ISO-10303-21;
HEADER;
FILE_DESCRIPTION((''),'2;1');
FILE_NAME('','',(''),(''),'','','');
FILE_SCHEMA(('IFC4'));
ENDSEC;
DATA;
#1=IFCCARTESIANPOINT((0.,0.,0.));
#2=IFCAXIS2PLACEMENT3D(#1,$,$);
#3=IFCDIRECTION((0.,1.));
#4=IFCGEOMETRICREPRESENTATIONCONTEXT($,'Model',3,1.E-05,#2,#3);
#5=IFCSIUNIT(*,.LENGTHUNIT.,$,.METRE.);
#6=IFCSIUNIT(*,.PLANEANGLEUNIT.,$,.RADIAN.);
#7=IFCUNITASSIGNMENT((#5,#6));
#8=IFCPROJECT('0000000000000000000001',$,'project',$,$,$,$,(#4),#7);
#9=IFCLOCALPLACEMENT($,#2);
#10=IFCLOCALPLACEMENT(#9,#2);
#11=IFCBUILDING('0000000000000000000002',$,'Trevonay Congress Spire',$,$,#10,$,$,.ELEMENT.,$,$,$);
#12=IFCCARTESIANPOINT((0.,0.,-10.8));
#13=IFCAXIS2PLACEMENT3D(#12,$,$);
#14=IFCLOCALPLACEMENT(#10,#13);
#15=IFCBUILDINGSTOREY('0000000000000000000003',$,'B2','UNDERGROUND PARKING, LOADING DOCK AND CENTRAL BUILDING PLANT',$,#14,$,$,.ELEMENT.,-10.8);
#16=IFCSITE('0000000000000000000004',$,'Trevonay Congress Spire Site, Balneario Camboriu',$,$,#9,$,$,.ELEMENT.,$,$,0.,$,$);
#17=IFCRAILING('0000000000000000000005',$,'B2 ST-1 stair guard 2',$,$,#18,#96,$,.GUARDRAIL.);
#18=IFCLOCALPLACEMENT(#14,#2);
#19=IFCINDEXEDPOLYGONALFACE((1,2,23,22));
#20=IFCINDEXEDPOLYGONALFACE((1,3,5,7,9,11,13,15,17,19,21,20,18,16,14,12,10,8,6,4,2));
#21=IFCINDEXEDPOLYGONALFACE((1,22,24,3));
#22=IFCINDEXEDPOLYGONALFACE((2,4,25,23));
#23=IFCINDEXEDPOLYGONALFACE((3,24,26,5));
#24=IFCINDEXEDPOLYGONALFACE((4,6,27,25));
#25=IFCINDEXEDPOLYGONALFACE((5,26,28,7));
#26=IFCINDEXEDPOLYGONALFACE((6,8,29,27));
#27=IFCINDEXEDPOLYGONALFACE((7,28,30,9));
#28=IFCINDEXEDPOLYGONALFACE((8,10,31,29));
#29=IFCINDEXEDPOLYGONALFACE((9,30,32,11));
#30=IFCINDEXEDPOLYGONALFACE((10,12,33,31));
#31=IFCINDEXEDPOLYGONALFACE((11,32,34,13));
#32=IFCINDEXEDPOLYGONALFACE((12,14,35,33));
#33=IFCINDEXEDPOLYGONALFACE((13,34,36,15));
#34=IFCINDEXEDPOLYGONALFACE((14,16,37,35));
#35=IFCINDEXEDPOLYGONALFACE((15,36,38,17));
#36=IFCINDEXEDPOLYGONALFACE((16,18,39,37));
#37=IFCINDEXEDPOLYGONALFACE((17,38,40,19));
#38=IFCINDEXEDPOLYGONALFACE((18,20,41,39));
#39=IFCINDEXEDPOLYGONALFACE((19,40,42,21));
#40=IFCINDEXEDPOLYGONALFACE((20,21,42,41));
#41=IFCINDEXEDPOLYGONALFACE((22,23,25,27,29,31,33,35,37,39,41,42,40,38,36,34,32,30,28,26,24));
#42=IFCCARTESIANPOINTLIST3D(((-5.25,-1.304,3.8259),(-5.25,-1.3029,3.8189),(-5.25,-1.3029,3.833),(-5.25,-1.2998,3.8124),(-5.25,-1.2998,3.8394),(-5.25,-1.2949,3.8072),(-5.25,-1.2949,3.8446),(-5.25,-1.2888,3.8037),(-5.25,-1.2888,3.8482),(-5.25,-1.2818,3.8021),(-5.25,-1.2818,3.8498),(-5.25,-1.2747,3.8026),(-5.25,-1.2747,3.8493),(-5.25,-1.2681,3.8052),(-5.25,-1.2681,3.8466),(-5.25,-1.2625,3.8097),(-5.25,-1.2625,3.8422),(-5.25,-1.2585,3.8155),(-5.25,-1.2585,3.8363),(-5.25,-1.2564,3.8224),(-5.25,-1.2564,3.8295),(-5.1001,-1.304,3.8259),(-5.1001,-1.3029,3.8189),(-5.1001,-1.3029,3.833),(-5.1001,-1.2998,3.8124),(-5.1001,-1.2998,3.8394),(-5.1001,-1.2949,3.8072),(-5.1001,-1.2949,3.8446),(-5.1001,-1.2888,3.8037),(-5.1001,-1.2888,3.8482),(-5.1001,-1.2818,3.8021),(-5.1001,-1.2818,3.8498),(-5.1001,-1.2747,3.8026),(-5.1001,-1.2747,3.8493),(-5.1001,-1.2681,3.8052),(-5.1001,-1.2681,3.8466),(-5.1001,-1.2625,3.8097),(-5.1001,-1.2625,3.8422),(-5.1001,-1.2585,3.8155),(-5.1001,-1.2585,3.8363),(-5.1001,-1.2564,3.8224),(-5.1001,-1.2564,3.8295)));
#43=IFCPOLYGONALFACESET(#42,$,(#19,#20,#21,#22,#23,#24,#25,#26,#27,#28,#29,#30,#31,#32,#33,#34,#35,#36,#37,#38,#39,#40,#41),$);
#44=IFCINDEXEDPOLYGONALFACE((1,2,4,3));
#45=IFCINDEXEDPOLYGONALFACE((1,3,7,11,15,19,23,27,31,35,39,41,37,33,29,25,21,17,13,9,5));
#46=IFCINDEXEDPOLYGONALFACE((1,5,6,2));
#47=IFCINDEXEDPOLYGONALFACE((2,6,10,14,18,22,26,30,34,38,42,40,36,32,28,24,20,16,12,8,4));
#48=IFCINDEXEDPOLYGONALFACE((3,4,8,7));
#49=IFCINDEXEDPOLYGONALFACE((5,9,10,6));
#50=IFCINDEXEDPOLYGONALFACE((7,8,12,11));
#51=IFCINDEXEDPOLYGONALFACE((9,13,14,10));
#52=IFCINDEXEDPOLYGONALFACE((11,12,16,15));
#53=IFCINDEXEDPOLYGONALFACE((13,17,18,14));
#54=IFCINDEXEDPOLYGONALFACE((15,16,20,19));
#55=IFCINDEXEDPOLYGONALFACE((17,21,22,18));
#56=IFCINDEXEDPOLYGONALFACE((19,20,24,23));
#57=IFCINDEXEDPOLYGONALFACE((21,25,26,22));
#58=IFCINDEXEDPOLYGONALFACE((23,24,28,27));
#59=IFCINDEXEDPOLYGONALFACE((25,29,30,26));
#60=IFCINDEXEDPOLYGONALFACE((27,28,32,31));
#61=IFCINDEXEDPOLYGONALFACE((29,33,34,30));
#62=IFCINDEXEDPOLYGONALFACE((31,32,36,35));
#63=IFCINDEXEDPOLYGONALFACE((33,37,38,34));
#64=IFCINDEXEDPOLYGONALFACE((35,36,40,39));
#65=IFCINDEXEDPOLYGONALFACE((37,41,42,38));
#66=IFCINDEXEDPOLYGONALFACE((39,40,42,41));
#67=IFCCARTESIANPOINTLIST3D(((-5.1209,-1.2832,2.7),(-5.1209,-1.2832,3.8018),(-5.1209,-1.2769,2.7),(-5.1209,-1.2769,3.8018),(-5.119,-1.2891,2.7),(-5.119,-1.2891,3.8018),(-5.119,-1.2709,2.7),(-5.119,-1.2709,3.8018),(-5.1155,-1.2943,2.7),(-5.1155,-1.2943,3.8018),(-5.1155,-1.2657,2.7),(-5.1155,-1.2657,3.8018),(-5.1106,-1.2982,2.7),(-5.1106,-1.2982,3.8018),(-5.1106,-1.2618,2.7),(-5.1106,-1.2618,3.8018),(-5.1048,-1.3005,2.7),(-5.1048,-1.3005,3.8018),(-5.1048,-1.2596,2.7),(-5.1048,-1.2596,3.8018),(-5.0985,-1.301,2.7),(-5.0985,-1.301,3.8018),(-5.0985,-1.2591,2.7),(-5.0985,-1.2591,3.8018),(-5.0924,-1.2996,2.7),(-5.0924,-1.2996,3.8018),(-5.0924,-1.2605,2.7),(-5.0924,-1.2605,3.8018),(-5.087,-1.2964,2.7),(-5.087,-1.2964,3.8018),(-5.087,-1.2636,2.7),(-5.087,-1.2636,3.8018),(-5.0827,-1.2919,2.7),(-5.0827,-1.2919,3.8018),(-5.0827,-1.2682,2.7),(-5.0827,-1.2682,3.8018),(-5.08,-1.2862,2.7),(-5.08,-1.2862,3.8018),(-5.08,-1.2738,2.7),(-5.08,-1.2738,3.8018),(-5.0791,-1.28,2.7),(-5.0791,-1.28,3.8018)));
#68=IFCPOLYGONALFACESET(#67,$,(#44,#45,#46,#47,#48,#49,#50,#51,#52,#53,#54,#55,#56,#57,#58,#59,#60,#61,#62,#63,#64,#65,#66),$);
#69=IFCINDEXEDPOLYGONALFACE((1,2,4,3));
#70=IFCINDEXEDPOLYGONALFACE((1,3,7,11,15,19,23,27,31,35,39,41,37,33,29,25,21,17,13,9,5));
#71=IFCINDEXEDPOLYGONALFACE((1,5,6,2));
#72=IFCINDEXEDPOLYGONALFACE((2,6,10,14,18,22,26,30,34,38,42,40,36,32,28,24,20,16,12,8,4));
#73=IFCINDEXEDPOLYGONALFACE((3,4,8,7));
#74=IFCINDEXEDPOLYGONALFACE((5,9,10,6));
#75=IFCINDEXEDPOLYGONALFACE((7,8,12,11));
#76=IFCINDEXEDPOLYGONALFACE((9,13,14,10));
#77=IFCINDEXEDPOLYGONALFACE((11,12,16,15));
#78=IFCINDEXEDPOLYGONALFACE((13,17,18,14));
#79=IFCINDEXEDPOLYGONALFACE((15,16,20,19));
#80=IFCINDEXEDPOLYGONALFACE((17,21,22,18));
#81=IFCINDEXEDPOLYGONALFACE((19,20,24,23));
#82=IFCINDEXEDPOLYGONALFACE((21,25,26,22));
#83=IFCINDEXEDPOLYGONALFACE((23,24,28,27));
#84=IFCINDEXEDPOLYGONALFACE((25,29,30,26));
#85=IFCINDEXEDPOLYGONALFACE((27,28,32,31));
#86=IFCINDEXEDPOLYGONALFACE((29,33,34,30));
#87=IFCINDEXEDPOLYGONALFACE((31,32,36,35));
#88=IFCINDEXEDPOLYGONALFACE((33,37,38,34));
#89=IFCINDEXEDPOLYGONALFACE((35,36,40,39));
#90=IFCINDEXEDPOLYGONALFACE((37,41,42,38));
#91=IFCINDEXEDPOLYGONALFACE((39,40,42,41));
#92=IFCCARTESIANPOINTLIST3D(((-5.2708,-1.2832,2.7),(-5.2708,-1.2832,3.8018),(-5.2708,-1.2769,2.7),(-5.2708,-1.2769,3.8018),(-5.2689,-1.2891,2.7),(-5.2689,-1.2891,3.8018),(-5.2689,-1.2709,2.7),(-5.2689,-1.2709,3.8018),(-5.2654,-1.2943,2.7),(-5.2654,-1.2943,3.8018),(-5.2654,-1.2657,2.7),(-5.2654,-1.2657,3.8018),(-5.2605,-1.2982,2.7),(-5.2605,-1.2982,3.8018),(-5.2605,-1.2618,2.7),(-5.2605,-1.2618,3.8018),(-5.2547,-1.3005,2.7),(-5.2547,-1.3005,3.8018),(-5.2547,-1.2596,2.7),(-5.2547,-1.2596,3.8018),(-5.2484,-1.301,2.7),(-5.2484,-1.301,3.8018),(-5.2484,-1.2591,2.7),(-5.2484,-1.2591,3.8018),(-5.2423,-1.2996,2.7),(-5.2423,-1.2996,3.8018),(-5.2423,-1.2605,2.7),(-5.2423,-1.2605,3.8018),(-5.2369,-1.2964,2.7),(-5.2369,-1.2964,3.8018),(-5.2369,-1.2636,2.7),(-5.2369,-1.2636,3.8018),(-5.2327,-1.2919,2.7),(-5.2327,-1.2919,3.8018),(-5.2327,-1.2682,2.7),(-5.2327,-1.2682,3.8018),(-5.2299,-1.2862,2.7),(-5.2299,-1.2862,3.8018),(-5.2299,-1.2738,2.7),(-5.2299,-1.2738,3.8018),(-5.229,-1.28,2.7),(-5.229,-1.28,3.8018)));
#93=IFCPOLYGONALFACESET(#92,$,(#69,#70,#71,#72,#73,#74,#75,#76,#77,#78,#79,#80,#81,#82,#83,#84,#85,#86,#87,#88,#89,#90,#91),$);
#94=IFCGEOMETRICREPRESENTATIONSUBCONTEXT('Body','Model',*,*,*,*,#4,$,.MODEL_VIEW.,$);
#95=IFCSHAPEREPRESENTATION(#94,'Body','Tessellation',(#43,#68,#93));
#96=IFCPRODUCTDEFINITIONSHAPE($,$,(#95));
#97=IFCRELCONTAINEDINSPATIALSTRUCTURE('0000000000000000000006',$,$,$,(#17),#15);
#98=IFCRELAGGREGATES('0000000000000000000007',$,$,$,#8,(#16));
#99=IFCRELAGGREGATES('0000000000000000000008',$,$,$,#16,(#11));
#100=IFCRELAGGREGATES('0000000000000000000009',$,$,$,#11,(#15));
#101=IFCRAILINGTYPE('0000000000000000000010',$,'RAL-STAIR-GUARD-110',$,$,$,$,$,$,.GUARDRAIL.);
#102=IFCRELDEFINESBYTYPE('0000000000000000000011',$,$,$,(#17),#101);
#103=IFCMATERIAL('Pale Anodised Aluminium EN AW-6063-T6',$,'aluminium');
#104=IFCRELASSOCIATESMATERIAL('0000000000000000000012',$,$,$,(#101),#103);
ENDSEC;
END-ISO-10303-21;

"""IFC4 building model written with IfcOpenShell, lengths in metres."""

from ifc_helpers import new_model, si_unit, direction, frame, origin, origin_2d, place, context, subcontext, project, spatial, circle, extrude, material, type_object, element, save


model = new_model("IFC4")

# Units and contexts
model_context = context("Model", 3, precision=1e-05, world=origin(), true_north=direction((0.0, 1.0)))
body_context = subcontext(model_context, "Body", "Model", "MODEL_VIEW")
ifc_project = project(units=[si_unit("LENGTHUNIT", "METRE"), si_unit("PLANEANGLEUNIT", "RADIAN")], contexts=[model_context])

# Site, building, storey
site_placement = place(None, origin())
site = spatial("IfcSite", under=ifc_project, at=site_placement, Name="Trevonay Congress Spire Site, Balneario Camboriu", CompositionType="ELEMENT", RefElevation=0.0)
building_placement = place(site_placement, origin())
building = spatial("IfcBuilding", under=site, at=building_placement, Name="Trevonay Congress Spire", CompositionType="ELEMENT")
storey_placement = place(building_placement, frame((0.0, 0.0, -10.8)))
storey = spatial("IfcBuildingStorey", under=building, at=storey_placement, Name="B2", Description="UNDERGROUND PARKING, LOADING DOCK AND CENTRAL BUILDING PLANT", CompositionType="ELEMENT", Elevation=-10.8)

# Railing
ifc_material_1 = material(Name="Pale Anodised Aluminium EN AW-6063-T6", Category="aluminium")
railing_type_1 = type_object("IfcRailingType", Name="RAL-STAIR-GUARD-110", PredefinedType="GUARDRAIL", material=ifc_material_1)
railing_1_placement = place(storey_placement, frame((-5.1001, -1.28, 2.7)))
element("IfcRailing", 1, at=railing_1_placement, inside=storey, type_object=railing_type_1, Name="B2 ST-1 stair guard 2", PredefinedType="GUARDRAIL", context=body_context, shape_type="SweptSolid", body=[
    extrude(circle(Radius=0.0239, at=origin_2d()), frame((0.0, 0.0, 1.126), z_axis=(-1.0, 0.0, 0.0), x_axis=(0.0, -1.0, 0.0)), (0.0, 0.0, 1.0), 0.1499),
    extrude(circle(Radius=0.021, at=origin_2d()), origin(), (0.0, 0.0, 1.0), 1.1018),
    extrude(circle(Radius=0.021, at=origin_2d()), frame((-0.1499, 0.0, 0.0)), (0.0, 0.0, 1.0), 1.1018),
])

save(model, "model.ifc")
